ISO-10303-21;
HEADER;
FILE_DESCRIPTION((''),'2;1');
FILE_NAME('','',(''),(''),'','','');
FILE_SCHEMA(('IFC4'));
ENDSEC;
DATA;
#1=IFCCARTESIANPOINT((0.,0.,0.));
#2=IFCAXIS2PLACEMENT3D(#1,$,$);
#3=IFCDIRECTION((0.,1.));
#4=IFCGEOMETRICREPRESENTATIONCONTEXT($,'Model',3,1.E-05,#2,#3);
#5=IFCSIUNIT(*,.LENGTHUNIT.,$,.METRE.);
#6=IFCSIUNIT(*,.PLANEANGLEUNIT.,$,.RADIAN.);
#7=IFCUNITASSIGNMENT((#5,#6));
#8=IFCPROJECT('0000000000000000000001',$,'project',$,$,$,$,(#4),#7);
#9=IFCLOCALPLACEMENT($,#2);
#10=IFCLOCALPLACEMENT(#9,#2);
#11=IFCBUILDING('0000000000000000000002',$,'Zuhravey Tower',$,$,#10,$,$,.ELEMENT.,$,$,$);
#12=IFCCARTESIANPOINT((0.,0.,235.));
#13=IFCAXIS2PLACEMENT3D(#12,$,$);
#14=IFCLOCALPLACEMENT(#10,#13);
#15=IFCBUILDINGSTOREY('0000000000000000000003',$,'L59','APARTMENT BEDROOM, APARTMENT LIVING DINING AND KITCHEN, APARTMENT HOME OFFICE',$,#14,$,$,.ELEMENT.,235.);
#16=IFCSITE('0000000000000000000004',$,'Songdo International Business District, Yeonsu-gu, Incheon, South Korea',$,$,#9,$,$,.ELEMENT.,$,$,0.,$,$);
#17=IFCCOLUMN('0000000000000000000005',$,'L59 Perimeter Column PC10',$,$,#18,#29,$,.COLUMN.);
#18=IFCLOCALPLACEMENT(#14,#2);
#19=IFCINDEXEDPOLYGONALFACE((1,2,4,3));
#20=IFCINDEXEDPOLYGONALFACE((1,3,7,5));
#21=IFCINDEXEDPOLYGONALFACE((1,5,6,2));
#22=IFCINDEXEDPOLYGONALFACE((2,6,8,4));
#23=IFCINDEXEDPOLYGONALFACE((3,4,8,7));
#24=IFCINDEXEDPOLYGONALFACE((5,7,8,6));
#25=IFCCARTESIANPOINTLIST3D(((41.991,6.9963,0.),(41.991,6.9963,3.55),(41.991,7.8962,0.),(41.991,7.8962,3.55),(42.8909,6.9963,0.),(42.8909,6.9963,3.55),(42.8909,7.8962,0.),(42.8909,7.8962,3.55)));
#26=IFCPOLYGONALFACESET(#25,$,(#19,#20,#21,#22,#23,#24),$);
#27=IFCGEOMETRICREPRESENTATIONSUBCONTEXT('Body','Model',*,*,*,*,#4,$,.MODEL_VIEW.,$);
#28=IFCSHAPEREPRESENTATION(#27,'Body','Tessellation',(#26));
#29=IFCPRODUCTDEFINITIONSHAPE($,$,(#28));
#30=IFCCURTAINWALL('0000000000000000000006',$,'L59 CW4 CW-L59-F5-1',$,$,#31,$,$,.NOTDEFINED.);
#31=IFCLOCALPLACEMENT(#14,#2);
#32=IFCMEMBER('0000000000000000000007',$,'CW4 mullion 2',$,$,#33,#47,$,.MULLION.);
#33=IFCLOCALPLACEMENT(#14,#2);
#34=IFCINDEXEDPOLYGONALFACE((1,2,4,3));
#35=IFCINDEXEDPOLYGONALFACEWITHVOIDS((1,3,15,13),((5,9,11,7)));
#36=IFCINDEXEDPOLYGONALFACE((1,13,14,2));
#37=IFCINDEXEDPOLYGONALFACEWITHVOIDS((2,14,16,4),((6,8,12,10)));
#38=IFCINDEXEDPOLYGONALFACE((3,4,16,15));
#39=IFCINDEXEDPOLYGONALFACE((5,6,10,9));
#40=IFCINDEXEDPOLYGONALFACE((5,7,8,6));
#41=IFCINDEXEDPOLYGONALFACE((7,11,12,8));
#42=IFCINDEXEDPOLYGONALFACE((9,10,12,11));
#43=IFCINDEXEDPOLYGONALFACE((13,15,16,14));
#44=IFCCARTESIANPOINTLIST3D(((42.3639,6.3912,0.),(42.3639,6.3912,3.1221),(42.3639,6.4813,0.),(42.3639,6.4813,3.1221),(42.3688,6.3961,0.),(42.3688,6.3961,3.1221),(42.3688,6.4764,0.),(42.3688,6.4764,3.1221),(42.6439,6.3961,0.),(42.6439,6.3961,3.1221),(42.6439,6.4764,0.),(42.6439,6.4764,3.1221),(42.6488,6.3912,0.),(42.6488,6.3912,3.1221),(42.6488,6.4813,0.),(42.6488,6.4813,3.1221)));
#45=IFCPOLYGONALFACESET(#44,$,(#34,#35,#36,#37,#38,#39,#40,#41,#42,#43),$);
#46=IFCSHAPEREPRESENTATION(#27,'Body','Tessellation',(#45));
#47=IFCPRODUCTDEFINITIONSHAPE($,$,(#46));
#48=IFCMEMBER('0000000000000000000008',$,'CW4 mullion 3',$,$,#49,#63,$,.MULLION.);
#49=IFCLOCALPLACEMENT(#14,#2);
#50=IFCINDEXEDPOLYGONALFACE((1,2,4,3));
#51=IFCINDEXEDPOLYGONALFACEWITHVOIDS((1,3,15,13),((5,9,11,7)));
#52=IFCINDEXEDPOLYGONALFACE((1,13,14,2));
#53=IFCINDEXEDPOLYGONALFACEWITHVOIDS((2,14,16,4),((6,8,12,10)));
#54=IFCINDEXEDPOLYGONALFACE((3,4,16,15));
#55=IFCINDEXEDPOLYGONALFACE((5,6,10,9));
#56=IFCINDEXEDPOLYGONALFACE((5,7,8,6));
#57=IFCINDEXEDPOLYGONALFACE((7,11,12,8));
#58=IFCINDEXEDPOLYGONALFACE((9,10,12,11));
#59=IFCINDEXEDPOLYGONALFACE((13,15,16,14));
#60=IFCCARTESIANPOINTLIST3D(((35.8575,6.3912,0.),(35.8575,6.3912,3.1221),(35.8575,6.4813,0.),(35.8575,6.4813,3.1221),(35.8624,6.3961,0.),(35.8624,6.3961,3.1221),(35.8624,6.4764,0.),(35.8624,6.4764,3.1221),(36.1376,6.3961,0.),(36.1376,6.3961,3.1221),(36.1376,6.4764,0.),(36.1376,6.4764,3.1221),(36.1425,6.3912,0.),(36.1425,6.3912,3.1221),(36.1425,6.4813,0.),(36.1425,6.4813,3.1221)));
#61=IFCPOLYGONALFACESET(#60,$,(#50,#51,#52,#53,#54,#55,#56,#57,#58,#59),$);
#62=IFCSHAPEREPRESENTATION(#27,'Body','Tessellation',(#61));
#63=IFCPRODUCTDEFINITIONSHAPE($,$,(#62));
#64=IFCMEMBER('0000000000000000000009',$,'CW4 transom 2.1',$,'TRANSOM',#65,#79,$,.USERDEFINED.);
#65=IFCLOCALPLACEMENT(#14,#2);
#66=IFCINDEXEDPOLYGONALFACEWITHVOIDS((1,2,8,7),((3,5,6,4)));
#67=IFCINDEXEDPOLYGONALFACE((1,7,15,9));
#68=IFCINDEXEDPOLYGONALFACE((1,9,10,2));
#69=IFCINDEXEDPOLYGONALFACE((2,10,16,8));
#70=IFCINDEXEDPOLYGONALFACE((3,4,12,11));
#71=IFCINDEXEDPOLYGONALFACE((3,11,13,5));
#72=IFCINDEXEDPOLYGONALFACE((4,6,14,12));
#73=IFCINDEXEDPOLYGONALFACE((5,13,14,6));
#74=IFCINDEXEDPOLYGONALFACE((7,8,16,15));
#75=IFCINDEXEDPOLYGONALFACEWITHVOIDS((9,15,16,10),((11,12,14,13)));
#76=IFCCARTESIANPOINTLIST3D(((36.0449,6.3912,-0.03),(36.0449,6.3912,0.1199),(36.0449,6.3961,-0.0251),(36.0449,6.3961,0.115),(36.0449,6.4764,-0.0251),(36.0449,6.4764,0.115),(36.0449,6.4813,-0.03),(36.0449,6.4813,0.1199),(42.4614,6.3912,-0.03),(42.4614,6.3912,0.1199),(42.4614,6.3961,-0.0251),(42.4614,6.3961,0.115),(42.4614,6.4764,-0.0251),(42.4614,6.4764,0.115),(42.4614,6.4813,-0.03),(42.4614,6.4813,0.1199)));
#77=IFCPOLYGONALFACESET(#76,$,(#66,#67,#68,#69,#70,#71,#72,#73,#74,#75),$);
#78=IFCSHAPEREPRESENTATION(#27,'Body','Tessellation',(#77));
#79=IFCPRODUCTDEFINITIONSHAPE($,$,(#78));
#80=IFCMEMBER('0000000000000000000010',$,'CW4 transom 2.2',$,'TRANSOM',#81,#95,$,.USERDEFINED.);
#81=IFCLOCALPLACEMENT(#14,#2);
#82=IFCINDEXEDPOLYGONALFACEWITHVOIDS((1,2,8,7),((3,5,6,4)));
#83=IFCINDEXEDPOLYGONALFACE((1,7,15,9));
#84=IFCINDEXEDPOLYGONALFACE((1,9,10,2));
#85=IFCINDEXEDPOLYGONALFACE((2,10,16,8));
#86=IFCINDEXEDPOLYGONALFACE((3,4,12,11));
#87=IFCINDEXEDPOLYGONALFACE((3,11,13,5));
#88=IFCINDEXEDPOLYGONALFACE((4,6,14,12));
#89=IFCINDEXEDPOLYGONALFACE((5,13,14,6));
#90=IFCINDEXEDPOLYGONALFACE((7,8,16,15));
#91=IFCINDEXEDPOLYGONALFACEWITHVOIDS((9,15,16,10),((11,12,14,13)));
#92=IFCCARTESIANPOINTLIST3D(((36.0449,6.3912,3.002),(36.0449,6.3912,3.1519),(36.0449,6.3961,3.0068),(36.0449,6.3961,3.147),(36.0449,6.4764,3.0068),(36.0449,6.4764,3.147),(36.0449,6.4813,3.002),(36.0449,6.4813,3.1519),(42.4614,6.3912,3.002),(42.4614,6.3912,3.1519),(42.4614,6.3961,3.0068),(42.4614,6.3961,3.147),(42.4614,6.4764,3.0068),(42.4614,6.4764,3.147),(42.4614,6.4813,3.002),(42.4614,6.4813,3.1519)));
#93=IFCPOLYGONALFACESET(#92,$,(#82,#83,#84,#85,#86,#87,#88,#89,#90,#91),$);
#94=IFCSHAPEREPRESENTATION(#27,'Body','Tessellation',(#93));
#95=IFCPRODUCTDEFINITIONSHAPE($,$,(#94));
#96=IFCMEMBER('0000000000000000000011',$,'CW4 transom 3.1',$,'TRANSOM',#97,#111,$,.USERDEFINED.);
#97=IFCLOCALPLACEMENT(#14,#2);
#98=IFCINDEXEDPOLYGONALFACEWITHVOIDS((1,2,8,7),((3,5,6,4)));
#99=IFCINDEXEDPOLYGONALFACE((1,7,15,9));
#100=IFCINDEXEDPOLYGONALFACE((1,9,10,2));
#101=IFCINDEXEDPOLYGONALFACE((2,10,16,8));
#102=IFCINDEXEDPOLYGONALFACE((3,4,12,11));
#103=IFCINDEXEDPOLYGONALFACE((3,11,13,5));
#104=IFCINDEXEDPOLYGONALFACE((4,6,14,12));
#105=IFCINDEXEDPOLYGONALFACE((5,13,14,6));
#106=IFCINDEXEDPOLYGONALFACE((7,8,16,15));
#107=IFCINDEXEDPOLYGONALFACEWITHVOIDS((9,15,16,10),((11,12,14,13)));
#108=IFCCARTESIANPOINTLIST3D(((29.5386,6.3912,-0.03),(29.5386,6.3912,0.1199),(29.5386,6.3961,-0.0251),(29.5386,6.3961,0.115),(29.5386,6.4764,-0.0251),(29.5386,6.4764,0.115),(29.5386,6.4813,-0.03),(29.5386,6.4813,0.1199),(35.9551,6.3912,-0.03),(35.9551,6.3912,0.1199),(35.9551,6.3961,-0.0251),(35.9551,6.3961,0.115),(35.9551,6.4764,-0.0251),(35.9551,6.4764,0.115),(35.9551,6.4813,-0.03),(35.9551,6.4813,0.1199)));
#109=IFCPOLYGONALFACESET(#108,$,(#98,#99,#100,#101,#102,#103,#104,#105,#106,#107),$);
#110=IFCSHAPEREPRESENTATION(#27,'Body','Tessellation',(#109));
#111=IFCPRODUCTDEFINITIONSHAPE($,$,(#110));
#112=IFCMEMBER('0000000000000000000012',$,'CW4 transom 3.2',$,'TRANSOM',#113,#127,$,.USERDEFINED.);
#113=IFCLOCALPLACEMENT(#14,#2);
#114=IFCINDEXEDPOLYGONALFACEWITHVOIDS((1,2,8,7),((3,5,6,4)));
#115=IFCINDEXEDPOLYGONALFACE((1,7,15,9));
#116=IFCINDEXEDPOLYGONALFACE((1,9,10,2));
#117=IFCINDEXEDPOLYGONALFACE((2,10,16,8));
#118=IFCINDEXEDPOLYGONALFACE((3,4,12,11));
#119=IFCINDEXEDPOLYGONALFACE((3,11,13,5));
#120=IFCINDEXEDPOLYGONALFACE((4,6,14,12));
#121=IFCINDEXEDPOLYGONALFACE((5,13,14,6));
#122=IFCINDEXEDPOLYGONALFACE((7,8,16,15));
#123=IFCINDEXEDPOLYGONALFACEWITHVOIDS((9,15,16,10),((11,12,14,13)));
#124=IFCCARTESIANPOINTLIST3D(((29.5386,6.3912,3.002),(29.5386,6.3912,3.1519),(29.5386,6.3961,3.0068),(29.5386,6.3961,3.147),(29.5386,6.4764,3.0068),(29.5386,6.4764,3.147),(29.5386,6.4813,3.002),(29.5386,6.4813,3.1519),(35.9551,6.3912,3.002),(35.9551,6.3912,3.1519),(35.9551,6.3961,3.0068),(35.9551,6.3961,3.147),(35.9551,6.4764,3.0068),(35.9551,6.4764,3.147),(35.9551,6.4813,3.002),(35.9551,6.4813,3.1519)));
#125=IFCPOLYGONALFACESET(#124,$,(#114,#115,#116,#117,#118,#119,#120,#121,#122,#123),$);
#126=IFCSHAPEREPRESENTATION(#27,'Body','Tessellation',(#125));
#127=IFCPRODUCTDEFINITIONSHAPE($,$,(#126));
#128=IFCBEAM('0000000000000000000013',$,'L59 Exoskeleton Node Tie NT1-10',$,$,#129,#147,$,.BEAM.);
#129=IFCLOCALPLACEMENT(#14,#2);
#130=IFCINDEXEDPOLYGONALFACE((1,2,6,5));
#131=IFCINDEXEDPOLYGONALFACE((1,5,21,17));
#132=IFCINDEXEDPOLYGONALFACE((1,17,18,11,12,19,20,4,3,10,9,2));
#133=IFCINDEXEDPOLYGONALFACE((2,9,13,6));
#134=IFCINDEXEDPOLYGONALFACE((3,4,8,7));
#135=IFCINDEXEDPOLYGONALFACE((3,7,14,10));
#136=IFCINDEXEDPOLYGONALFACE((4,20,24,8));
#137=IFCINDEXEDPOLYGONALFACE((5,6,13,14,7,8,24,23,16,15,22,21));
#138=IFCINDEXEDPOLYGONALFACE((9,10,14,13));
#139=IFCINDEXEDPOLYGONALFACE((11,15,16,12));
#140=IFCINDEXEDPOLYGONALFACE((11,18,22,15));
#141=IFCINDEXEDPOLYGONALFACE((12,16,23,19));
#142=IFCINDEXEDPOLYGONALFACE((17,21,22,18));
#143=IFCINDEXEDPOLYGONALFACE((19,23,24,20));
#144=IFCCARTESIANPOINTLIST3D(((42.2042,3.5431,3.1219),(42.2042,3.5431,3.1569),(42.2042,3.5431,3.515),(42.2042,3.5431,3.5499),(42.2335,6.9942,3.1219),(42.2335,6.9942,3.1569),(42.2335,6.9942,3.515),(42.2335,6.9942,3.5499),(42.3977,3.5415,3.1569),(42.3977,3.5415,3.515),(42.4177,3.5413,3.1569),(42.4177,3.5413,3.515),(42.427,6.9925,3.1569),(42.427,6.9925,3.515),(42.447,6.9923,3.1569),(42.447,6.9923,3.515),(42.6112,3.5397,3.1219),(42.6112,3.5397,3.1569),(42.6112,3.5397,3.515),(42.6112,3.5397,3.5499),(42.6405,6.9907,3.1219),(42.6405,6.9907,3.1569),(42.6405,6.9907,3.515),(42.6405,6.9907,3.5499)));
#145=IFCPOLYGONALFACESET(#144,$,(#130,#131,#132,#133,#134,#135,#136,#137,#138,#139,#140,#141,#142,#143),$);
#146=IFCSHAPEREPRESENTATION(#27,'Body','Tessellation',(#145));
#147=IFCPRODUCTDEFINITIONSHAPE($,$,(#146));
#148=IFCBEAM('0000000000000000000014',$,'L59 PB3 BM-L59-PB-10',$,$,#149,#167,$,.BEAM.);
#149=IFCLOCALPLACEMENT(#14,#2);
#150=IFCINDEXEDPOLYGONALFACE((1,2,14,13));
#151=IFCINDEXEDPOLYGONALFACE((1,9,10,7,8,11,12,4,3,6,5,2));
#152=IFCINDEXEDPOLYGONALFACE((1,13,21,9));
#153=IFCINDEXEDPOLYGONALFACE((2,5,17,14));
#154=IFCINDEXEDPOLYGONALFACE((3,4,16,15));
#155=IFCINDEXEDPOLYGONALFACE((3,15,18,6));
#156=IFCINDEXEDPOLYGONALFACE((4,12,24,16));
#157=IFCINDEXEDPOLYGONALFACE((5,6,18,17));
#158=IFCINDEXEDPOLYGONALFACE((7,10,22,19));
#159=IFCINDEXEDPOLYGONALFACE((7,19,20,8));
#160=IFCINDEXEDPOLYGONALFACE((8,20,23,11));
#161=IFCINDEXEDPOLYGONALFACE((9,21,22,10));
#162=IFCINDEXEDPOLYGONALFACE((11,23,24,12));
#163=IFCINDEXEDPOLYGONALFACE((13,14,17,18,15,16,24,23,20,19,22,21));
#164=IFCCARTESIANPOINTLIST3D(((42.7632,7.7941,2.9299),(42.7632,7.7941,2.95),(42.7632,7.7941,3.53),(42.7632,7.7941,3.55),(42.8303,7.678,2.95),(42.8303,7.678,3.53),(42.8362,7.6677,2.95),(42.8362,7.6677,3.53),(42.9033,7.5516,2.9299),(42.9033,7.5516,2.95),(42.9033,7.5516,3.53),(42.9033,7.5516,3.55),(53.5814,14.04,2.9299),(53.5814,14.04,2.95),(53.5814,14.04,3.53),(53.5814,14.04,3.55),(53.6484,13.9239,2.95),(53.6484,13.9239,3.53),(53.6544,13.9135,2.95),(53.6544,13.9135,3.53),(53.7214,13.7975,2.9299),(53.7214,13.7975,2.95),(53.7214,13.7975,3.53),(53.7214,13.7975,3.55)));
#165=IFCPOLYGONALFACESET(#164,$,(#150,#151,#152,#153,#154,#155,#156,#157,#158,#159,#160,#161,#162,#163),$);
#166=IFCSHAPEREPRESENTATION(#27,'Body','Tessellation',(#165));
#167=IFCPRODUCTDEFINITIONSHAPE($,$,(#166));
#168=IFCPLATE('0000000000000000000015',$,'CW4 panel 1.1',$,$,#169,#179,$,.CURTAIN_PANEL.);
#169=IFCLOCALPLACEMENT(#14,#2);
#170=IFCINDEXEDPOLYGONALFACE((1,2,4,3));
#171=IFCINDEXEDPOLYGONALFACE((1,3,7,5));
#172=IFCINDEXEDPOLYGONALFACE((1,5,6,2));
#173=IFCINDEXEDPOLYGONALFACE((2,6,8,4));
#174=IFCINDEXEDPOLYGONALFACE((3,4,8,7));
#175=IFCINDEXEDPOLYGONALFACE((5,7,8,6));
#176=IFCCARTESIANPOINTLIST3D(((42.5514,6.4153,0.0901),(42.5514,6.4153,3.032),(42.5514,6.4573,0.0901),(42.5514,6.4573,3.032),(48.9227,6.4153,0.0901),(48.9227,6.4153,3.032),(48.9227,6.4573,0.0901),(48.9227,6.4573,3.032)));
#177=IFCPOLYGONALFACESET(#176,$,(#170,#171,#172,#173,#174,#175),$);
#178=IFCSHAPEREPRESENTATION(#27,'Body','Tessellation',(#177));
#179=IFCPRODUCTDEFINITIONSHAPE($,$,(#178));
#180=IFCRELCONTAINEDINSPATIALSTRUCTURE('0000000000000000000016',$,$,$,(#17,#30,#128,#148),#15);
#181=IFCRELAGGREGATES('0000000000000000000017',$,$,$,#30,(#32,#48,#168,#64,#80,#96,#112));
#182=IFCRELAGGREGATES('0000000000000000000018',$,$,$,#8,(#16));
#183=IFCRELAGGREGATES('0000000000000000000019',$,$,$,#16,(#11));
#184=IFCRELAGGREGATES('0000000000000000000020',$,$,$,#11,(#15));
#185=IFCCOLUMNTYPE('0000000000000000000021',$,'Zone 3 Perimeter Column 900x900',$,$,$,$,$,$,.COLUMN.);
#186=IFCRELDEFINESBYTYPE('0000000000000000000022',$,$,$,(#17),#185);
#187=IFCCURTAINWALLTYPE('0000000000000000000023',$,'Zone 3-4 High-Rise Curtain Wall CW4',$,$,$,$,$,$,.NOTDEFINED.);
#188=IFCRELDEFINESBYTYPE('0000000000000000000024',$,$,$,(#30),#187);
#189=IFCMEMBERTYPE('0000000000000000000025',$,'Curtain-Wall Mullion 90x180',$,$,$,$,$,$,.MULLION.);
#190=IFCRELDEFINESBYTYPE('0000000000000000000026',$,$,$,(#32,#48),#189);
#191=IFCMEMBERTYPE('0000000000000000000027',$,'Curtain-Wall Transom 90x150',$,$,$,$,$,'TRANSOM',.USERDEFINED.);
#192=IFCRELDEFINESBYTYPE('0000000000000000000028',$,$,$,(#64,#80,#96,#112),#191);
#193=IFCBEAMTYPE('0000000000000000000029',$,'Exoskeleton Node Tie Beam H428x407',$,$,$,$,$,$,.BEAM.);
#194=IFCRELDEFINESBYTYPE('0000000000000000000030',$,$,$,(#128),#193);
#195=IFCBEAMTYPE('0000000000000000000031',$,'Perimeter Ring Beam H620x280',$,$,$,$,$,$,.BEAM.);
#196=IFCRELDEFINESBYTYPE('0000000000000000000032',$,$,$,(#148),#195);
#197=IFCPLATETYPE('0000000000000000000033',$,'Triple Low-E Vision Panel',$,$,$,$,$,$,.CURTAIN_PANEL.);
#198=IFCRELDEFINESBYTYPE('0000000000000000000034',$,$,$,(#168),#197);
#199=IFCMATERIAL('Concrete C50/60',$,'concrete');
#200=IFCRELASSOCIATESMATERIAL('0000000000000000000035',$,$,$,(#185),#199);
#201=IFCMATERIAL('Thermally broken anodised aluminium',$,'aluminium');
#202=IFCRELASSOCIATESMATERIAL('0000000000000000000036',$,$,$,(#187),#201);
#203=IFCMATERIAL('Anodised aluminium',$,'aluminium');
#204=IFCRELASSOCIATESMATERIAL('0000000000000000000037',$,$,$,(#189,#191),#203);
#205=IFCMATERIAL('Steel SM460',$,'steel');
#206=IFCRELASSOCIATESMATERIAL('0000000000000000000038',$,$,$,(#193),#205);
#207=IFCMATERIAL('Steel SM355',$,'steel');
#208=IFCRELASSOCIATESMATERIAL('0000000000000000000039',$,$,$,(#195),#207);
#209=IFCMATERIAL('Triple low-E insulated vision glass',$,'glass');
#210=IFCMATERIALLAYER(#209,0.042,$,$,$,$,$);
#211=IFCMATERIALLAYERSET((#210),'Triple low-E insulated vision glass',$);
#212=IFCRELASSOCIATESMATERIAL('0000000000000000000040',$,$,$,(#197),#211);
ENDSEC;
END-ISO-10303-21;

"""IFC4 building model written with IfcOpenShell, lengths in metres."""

from ifc_helpers import new_model, si_unit, direction, frame, origin, origin_2d, place, context, subcontext, project, spatial, rectangle, hollow_rectangle, i_section, extrude, material, layer, layer_set, material_profile, profile_set, type_object, element, aggregate, save


model = new_model("IFC4")

# Units and contexts
model_context = context("Model", 3, precision=1e-05, world=origin(), true_north=direction((0.0, 1.0)))
body_context = subcontext(model_context, "Body", "Model", "MODEL_VIEW")
ifc_project = project(units=[si_unit("LENGTHUNIT", "METRE"), si_unit("PLANEANGLEUNIT", "RADIAN")], contexts=[model_context])

# Site, building, storey
site_placement = place(None, origin())
site = spatial("IfcSite", under=ifc_project, at=site_placement, Name="Songdo International Business District, Yeonsu-gu, Incheon, South Korea", CompositionType="ELEMENT", RefElevation=0.0)
building_placement = place(site_placement, origin())
building = spatial("IfcBuilding", under=site, at=building_placement, Name="Zuhravey Tower", CompositionType="ELEMENT")
storey_placement = place(building_placement, frame((0.0, 0.0, 235.0)))
storey = spatial("IfcBuildingStorey", under=building, at=storey_placement, Name="L59", Description="APARTMENT BEDROOM, APARTMENT LIVING DINING AND KITCHEN, APARTMENT HOME OFFICE", CompositionType="ELEMENT", Elevation=235.0)

# Column
ifc_material_1 = material(Name="Concrete C50/60", Category="concrete")
ifc_material_profile_1 = material_profile(ifc_material_1, rectangle(XDim=0.8999, YDim=0.8999, at=origin_2d()), Name="RC-900x900")
ifc_profile_set_1 = profile_set([ifc_material_profile_1], Name="Concrete C50/60")
column_type = type_object("IfcColumnType", Name="Zone 3 Perimeter Column 900x900", PredefinedType="COLUMN", material=ifc_profile_set_1)
column_placement = place(storey_placement, frame((42.4409, 7.4463, 0.0), z_axis=(0.0, 0.0, 1.0), x_axis=(1.0, 0.0, 0.0)))
element("IfcColumn", 1, at=column_placement, inside=storey, type_object=column_type, Name="L59 Perimeter Column PC10", PredefinedType="COLUMN", context=body_context, shape_type="SweptSolid", body=[
    extrude(rectangle(XDim=0.8999, YDim=0.8999, at=origin_2d()), origin(), (0.0, 0.0, 1.0), 3.55),
])

# Curtain wall, members
ifc_material_2 = material(Name="Thermally broken anodised aluminium", Category="aluminium")
curtain_wall_type = type_object("IfcCurtainWallType", Name="Zone 3-4 High-Rise Curtain Wall CW4", PredefinedType="NOTDEFINED", material=ifc_material_2)
curtain_wall_placement = place(storey_placement, origin())
curtain_wall = element("IfcCurtainWall", 2, at=curtain_wall_placement, inside=storey, type_object=curtain_wall_type, Name="L59 CW4 CW-L59-F5-1", PredefinedType="NOTDEFINED")
ifc_material_3 = material(Name="Anodised aluminium", Category="aluminium")
ifc_material_profile_2 = material_profile(ifc_material_3, hollow_rectangle(XDim=0.0901, YDim=0.2849, WallThickness=0.0049, at=origin_2d()), Name="ALU-RHS-90x285x5")
ifc_profile_set_2 = profile_set([ifc_material_profile_2], Name="Anodised aluminium")
member_type_1 = type_object("IfcMemberType", Name="Curtain-Wall Mullion 90x180", PredefinedType="MULLION", material=ifc_profile_set_2)
member_1_placement = place(storey_placement, frame((42.5063, 6.4363, 0.0), z_axis=(0.0, 0.0, 1.0), x_axis=(0.0, -1.0, 0.0)))
member_1 = element("IfcMember", 3, at=member_1_placement, type_object=member_type_1, Name="CW4 mullion 2", PredefinedType="MULLION", context=body_context, shape_type="SweptSolid", body=[
    extrude(hollow_rectangle(XDim=0.0901, YDim=0.2849, WallThickness=0.0049, at=origin_2d()), origin(), (0.0, 0.0, 1.0), 3.1221),
])
member_2_placement = place(storey_placement, frame((36.0, 6.4363, 0.0), z_axis=(0.0, 0.0, 1.0), x_axis=(0.0, -1.0, 0.0)))
member_2 = element("IfcMember", 4, at=member_2_placement, type_object=member_type_1, Name="CW4 mullion 3", PredefinedType="MULLION", context=body_context, shape_type="SweptSolid", body=[
    extrude(hollow_rectangle(XDim=0.0901, YDim=0.2849, WallThickness=0.0049, at=origin_2d()), origin(), (0.0, 0.0, 1.0), 3.1221),
])
ifc_material_profile_3 = material_profile(ifc_material_3, hollow_rectangle(XDim=0.0901, YDim=0.1499, WallThickness=0.0049, at=origin_2d()), Name="ALU-RHS-90x150x5")
ifc_profile_set_3 = profile_set([ifc_material_profile_3], Name="Anodised aluminium")
member_type_2 = type_object("IfcMemberType", Name="Curtain-Wall Transom 90x150", ElementType="TRANSOM", PredefinedType="USERDEFINED", material=ifc_profile_set_3)
member_3_placement = place(storey_placement, frame((42.4614, 6.4363, 0.0449), z_axis=(-1.0, 0.0, 0.0), x_axis=(0.0, -1.0, 0.0)))
member_3 = element("IfcMember", 5, at=member_3_placement, type_object=member_type_2, Name="CW4 transom 2.1", ObjectType="TRANSOM", PredefinedType="USERDEFINED", context=body_context, shape_type="SweptSolid", body=[
    extrude(hollow_rectangle(XDim=0.0901, YDim=0.1499, WallThickness=0.0049, at=origin_2d()), origin(), (0.0, 0.0, 1.0), 6.4165),
])
member_4_placement = place(storey_placement, frame((42.4614, 6.4363, 3.0769), z_axis=(-1.0, 0.0, 0.0), x_axis=(0.0, -1.0, 0.0)))
member_4 = element("IfcMember", 6, at=member_4_placement, type_object=member_type_2, Name="CW4 transom 2.2", ObjectType="TRANSOM", PredefinedType="USERDEFINED", context=body_context, shape_type="SweptSolid", body=[
    extrude(hollow_rectangle(XDim=0.0901, YDim=0.1499, WallThickness=0.0049, at=origin_2d()), origin(), (0.0, 0.0, 1.0), 6.4165),
])
member_5_placement = place(storey_placement, frame((35.9551, 6.4363, 0.0449), z_axis=(-1.0, 0.0, 0.0), x_axis=(0.0, -1.0, 0.0)))
member_5 = element("IfcMember", 7, at=member_5_placement, type_object=member_type_2, Name="CW4 transom 3.1", ObjectType="TRANSOM", PredefinedType="USERDEFINED", context=body_context, shape_type="SweptSolid", body=[
    extrude(hollow_rectangle(XDim=0.0901, YDim=0.1499, WallThickness=0.0049, at=origin_2d()), origin(), (0.0, 0.0, 1.0), 6.4165),
])
member_6_placement = place(storey_placement, frame((35.9551, 6.4363, 3.0769), z_axis=(-1.0, 0.0, 0.0), x_axis=(0.0, -1.0, 0.0)))
member_6 = element("IfcMember", 8, at=member_6_placement, type_object=member_type_2, Name="CW4 transom 3.2", ObjectType="TRANSOM", PredefinedType="USERDEFINED", context=body_context, shape_type="SweptSolid", body=[
    extrude(hollow_rectangle(XDim=0.0901, YDim=0.1499, WallThickness=0.0049, at=origin_2d()), origin(), (0.0, 0.0, 1.0), 6.4165),
])

# Beams
ifc_material_4 = material(Name="Steel SM460", Category="steel")
ifc_material_profile_4 = material_profile(ifc_material_4, i_section(OverallWidth=0.407, OverallDepth=0.428, WebThickness=0.02, FlangeThickness=0.0349, at=origin_2d()), Name="H-428x407x20x35")
ifc_profile_set_4 = profile_set([ifc_material_profile_4], Name="Steel SM460")
beam_type_1 = type_object("IfcBeamType", Name="Exoskeleton Node Tie Beam H428x407", PredefinedType="BEAM", material=ifc_profile_set_4)
beam_1_placement = place(storey_placement, frame((42.437, 6.9924, 3.3359), z_axis=(-0.008489, -0.999964, 0.0), x_axis=(0.999964, -0.008489, 0.0)))
element("IfcBeam", 9, at=beam_1_placement, inside=storey, type_object=beam_type_1, Name="L59 Exoskeleton Node Tie NT1-10", PredefinedType="BEAM", context=body_context, shape_type="SweptSolid", body=[
    extrude(i_section(OverallWidth=0.407, OverallDepth=0.428, WebThickness=0.02, FlangeThickness=0.0349, at=origin_2d()), origin(), (0.0, 0.0, 1.0), 3.4512),
])
ifc_material_5 = material(Name="Steel SM355", Category="steel")
ifc_material_profile_5 = material_profile(ifc_material_5, i_section(OverallWidth=0.28, OverallDepth=0.6201, WebThickness=0.012, FlangeThickness=0.02, at=origin_2d()), Name="H-620x280x12x20")
ifc_profile_set_5 = profile_set([ifc_material_profile_5], Name="Steel SM355")
beam_type_2 = type_object("IfcBeamType", Name="Perimeter Ring Beam H620x280", PredefinedType="BEAM", material=ifc_profile_set_5)
beam_2_placement = place(storey_placement, frame((42.8333, 7.6729, 3.24), z_axis=(0.866025, 0.5, 0.0), x_axis=(-0.5, 0.866025, 0.0)))
element("IfcBeam", 10, at=beam_2_placement, inside=storey, type_object=beam_type_2, Name="L59 PB3 BM-L59-PB-10", PredefinedType="BEAM", context=body_context, shape_type="SweptSolid", body=[
    extrude(i_section(OverallWidth=0.28, OverallDepth=0.6201, WebThickness=0.012, FlangeThickness=0.02, at=origin_2d()), origin(), (0.0, 0.0, 1.0), 12.4917),
])

# Plate
ifc_material_6 = material(Name="Triple low-E insulated vision glass", Category="glass")
ifc_layer_1 = layer(ifc_material_6, 0.042)
ifc_layer_set_1 = layer_set([ifc_layer_1], Name="Triple low-E insulated vision glass")
plate_type = type_object("IfcPlateType", Name="Triple Low-E Vision Panel", PredefinedType="CURTAIN_PANEL", material=ifc_layer_set_1)
plate_1_placement = place(storey_placement, frame((45.7371, 6.4363, 0.0901), z_axis=(0.0, 0.0, 1.0), x_axis=(-1.0, 0.0, 0.0)))
plate_1 = element("IfcPlate", 11, at=plate_1_placement, type_object=plate_type, Name="CW4 panel 1.1", PredefinedType="CURTAIN_PANEL", context=body_context, shape_type="SweptSolid", body=[
    extrude(rectangle(XDim=6.3713, YDim=0.042, at=origin_2d()), origin(), (0.0, 0.0, 1.0), 2.9419),
])
aggregate(curtain_wall, [member_1, member_2, plate_1, member_3, member_4, member_5, member_6])

save(model, "model.ifc")
